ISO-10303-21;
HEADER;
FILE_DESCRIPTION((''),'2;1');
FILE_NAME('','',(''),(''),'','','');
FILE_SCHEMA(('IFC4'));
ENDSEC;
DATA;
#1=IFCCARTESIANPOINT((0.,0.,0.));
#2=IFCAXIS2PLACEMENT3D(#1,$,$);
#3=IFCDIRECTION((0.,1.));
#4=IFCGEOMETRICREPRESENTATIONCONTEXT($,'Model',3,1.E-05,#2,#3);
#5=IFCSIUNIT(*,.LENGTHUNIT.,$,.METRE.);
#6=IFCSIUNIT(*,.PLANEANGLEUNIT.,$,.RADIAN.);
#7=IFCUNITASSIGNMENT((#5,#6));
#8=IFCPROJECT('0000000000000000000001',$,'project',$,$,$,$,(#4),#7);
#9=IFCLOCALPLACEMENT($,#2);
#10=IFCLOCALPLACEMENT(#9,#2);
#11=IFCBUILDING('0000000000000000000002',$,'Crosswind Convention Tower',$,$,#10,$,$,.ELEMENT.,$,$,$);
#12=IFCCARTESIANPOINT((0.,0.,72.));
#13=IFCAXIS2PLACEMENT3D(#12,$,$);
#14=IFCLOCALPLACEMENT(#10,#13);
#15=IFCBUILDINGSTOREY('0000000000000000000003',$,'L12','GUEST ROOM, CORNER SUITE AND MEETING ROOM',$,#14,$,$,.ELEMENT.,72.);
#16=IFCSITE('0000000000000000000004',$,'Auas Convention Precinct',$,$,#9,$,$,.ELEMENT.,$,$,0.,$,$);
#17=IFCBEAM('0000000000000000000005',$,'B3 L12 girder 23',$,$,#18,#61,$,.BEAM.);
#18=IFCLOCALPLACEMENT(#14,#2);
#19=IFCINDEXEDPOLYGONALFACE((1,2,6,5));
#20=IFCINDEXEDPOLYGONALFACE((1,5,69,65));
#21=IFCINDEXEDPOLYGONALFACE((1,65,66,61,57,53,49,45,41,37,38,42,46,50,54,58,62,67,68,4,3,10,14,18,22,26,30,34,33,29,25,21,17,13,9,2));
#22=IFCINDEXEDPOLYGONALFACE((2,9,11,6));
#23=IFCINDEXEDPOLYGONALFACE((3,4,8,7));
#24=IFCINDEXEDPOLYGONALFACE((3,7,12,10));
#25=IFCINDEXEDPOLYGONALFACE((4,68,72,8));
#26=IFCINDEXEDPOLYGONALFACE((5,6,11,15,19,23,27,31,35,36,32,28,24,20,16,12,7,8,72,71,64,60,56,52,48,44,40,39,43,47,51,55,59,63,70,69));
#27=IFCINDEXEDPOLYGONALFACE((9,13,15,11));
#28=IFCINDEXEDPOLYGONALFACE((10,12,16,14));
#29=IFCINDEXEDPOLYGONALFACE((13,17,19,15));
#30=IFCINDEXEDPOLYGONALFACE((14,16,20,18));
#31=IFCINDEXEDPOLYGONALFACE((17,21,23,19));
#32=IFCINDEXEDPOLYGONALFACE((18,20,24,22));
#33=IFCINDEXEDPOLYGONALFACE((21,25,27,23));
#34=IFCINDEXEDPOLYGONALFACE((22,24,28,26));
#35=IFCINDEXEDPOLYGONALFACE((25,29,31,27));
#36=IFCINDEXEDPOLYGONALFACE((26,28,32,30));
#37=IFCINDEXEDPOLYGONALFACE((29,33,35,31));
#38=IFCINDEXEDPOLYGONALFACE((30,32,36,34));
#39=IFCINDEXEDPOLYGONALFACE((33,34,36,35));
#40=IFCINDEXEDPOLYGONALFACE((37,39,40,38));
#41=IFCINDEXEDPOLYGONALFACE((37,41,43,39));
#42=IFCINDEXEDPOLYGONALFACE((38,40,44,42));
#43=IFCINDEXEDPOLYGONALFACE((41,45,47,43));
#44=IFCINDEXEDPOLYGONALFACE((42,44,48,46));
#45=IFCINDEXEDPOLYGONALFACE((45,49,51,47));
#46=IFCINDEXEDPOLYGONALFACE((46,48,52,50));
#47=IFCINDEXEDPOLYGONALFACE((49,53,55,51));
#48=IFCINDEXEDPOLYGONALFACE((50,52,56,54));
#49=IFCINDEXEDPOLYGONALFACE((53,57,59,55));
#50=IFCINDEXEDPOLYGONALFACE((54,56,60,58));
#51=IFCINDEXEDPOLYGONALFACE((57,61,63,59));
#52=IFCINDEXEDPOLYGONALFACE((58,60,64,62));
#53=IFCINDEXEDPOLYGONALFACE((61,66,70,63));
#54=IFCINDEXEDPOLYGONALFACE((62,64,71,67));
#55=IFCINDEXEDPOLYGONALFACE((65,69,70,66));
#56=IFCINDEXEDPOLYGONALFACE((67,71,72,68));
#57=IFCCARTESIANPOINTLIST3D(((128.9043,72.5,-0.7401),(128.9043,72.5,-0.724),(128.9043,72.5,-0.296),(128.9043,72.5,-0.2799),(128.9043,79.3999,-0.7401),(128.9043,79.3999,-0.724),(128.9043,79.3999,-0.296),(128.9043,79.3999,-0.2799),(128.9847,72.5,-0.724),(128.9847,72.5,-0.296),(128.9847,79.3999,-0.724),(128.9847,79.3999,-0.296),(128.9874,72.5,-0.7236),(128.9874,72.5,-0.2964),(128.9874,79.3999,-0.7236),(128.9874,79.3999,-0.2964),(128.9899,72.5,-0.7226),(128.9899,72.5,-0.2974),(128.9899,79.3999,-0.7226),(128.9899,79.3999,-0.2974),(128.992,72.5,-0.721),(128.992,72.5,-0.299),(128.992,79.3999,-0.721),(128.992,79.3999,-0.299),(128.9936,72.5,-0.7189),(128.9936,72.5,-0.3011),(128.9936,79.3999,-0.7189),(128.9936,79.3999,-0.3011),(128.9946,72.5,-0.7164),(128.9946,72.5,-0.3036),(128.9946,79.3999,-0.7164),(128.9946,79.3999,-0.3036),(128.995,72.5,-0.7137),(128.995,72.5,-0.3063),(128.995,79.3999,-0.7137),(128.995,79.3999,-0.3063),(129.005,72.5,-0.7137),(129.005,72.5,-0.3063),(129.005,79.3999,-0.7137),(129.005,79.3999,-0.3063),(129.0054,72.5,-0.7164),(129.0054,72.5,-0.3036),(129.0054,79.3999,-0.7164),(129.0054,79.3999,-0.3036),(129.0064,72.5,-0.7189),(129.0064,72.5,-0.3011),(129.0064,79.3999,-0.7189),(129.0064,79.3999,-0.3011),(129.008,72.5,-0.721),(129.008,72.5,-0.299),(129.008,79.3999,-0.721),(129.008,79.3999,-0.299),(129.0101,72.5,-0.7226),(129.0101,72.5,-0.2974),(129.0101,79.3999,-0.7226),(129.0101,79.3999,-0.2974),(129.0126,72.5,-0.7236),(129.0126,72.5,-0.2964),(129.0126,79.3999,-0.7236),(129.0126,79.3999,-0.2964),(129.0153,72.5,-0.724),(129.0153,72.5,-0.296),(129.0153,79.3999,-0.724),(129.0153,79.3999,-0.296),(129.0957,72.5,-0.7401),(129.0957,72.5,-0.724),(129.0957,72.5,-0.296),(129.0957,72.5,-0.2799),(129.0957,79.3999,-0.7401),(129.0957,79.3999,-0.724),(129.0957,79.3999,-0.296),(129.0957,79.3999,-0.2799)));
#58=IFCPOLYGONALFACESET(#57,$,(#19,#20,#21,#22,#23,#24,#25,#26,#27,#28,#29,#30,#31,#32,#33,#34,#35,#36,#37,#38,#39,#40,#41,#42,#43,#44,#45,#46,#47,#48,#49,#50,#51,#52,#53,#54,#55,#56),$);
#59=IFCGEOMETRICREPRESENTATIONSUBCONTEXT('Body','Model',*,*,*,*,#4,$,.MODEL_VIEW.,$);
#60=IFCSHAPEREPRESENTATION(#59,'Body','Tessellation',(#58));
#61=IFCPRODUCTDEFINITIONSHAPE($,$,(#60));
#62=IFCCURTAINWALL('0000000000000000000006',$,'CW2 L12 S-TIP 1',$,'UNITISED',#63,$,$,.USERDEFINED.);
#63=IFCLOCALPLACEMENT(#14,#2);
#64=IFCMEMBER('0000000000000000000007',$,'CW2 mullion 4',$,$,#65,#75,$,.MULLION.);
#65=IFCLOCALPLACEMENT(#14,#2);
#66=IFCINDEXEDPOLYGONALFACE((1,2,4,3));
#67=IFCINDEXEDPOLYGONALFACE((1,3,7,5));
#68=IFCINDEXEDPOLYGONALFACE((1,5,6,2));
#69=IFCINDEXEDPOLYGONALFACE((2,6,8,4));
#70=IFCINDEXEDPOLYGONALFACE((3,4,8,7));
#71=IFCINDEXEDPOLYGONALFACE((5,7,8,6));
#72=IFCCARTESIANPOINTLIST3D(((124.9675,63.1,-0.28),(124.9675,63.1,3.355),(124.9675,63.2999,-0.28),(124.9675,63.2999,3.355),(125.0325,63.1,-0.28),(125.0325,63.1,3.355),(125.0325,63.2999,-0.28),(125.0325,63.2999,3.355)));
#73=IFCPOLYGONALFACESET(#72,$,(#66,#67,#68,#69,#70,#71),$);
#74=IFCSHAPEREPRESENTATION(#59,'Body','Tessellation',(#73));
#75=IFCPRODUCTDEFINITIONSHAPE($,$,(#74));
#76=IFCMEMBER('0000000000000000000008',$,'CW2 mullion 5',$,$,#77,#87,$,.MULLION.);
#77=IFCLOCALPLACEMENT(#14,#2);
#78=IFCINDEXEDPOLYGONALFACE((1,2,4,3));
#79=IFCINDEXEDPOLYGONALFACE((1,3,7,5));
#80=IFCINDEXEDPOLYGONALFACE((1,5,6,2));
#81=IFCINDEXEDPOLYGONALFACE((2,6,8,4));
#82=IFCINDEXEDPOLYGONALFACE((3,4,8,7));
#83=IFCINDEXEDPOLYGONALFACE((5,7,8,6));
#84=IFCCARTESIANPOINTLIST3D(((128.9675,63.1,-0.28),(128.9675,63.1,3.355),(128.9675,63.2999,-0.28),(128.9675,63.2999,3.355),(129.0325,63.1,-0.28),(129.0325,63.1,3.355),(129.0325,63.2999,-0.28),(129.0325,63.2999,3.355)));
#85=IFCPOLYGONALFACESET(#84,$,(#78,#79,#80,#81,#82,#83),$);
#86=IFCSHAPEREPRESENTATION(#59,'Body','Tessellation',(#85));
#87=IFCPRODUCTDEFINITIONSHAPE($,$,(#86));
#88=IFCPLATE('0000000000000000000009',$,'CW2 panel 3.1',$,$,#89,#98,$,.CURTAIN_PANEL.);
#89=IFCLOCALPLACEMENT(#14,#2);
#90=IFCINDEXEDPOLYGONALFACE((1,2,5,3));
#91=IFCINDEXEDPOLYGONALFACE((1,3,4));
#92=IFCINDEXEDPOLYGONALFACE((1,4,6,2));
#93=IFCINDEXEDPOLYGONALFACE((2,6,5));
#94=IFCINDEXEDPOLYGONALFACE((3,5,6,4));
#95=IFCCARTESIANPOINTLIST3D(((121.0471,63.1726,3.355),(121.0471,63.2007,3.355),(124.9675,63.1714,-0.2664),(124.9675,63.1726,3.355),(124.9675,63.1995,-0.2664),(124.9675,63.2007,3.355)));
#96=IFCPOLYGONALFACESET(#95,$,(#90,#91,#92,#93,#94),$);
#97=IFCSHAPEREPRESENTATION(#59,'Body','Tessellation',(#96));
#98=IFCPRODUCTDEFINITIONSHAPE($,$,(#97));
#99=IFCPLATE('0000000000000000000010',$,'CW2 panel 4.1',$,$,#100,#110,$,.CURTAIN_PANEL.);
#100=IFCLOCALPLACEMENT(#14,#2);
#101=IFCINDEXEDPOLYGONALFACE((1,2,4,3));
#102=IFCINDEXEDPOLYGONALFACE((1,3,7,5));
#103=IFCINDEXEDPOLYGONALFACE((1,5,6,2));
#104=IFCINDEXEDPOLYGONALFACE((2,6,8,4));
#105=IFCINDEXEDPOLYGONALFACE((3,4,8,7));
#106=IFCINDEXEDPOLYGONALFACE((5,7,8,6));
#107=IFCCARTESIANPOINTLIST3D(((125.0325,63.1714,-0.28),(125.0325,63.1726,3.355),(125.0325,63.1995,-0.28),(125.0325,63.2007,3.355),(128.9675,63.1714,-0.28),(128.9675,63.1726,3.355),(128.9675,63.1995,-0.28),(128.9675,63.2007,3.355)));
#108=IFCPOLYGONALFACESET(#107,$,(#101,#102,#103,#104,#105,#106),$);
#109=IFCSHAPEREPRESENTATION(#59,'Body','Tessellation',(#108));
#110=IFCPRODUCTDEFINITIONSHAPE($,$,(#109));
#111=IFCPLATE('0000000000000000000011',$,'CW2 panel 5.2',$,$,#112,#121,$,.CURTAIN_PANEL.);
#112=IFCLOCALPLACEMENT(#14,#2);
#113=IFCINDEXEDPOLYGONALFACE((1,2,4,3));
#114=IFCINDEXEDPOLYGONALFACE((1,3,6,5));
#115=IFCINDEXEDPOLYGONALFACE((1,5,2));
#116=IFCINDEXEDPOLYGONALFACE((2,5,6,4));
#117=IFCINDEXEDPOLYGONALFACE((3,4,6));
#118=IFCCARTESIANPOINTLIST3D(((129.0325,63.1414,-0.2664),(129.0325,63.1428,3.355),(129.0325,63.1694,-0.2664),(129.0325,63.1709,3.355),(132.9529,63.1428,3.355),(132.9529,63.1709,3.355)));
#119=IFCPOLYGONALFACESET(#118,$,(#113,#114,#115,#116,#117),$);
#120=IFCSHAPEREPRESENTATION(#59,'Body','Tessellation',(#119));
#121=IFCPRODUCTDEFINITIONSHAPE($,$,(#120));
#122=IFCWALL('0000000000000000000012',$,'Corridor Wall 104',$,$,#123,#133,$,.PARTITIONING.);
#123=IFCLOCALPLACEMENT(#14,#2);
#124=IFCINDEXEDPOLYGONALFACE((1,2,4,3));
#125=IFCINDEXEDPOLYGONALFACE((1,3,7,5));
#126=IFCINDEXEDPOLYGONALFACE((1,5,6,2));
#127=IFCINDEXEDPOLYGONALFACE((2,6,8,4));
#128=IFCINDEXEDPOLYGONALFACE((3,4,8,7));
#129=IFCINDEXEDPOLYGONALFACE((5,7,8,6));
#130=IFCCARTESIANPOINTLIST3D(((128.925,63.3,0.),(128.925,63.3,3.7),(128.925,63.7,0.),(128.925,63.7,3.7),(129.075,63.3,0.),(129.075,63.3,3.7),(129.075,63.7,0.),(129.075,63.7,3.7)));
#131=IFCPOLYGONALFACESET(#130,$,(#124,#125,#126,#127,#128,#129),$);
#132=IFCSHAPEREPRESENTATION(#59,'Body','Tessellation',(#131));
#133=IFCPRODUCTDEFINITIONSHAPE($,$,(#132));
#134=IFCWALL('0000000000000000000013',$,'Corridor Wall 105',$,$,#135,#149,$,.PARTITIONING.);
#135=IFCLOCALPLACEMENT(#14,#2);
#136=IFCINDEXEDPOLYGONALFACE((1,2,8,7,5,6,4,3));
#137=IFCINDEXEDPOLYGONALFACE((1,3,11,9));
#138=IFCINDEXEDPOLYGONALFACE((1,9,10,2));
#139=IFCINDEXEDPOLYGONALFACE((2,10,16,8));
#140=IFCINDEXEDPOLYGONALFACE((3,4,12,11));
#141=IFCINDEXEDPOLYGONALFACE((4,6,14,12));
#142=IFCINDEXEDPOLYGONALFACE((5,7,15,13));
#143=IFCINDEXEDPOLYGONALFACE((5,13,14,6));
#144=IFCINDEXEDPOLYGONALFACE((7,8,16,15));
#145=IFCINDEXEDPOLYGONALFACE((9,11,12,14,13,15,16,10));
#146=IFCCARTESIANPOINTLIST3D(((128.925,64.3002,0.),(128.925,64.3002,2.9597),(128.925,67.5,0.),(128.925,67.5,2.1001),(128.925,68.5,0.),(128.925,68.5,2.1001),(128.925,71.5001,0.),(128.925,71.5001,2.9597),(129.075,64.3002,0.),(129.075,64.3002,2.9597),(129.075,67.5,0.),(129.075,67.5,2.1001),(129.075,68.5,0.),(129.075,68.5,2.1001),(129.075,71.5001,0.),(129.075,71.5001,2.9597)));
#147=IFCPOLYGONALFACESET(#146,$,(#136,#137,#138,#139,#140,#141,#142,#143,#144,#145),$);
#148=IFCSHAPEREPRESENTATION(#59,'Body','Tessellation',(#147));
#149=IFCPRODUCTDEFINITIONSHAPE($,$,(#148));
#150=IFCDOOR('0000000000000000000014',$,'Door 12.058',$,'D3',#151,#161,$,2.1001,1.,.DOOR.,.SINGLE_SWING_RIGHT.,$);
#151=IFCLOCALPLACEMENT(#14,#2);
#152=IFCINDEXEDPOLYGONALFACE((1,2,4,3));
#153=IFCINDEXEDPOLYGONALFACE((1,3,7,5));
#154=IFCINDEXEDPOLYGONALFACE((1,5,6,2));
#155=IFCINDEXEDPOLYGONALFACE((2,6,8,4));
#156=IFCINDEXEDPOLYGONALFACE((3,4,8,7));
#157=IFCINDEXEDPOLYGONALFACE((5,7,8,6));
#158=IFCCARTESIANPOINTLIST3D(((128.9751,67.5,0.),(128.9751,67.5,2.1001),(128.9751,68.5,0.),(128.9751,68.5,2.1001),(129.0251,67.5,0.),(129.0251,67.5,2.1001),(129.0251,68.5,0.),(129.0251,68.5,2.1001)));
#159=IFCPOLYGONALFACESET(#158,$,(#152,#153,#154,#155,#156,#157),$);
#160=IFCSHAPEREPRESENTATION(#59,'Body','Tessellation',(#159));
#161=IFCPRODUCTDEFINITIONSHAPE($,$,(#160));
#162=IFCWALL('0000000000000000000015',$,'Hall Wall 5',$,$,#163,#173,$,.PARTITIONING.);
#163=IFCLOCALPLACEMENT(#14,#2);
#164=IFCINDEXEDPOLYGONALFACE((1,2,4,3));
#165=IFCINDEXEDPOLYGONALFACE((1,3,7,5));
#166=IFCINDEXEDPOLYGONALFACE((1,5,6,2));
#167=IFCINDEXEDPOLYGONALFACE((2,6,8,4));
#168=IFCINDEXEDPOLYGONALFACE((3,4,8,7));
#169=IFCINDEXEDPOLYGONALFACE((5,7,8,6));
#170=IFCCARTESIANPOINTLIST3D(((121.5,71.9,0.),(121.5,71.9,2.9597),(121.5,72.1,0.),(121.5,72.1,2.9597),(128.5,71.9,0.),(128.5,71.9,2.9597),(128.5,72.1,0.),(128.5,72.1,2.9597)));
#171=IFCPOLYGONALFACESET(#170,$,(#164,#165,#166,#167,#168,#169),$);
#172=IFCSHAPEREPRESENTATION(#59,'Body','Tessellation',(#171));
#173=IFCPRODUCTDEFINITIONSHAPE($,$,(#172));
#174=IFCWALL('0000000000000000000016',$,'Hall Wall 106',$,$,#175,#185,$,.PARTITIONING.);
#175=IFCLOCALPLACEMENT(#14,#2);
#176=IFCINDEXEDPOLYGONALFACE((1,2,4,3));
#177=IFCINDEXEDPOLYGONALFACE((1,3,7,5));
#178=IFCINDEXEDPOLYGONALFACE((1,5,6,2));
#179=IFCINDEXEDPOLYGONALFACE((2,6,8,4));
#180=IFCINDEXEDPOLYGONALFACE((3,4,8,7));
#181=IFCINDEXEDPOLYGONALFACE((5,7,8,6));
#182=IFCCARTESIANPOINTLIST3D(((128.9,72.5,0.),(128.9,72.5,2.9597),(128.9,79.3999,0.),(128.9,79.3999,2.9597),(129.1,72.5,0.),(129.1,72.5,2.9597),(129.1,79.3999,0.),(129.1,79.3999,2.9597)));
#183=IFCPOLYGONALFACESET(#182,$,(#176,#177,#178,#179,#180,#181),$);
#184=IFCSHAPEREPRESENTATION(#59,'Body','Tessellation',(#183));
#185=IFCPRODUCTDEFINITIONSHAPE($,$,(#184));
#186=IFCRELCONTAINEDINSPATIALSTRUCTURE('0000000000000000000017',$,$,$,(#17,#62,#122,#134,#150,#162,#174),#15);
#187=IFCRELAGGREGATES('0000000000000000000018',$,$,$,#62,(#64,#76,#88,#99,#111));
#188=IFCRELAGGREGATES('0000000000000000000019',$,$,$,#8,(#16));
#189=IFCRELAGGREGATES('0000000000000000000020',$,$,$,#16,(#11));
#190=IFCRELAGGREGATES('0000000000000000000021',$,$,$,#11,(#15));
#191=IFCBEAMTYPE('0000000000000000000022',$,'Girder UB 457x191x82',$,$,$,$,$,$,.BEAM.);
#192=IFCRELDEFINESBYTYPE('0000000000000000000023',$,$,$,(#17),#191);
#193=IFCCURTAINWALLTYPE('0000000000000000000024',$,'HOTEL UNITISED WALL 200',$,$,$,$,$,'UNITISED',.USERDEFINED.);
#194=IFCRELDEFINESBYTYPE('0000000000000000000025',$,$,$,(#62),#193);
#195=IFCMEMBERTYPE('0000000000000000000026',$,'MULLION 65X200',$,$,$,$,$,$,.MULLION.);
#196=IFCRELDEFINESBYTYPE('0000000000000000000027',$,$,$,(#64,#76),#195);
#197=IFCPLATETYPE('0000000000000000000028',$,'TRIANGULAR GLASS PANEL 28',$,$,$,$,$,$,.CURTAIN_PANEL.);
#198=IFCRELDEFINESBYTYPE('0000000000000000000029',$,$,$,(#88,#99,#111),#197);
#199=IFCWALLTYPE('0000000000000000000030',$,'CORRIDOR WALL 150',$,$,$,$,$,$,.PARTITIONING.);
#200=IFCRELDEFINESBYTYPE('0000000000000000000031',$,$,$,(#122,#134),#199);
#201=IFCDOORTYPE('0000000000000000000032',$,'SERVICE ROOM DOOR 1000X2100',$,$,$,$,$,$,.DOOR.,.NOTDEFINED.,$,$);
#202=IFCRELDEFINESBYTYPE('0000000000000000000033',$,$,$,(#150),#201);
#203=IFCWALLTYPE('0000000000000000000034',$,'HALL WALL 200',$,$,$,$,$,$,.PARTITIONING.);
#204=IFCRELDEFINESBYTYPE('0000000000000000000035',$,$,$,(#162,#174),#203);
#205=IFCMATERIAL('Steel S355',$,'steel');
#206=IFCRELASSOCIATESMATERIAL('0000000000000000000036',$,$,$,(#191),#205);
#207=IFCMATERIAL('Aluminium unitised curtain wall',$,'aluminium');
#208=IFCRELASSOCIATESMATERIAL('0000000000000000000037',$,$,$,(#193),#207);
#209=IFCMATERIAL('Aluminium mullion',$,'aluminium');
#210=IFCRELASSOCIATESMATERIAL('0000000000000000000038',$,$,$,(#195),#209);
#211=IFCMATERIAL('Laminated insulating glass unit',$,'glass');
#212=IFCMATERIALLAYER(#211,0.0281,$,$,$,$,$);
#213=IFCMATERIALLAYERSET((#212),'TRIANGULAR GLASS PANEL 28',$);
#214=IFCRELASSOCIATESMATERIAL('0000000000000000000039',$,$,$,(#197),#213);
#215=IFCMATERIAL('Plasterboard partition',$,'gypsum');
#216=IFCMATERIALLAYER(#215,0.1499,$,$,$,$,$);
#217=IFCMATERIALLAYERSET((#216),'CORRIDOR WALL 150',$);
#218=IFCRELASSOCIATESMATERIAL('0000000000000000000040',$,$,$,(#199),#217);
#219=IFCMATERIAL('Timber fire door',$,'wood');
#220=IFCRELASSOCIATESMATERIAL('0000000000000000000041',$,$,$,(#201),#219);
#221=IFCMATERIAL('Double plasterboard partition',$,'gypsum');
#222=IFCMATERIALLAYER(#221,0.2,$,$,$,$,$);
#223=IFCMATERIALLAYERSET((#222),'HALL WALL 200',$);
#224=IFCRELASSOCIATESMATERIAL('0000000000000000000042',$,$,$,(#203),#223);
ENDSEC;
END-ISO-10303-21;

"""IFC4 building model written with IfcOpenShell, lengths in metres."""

from ifc_helpers import new_model, si_unit, direction, frame, frame_2d, origin, origin_2d, place, context, subcontext, project, spatial, polyline, rectangle, i_section, outline, extrude, material, layer, layer_set, material_profile, profile_set, type_object, element, fill, aggregate, save


model = new_model("IFC4")

# Units and contexts
model_context = context("Model", 3, precision=1e-05, world=origin(), true_north=direction((0.0, 1.0)))
body_context = subcontext(model_context, "Body", "Model", "MODEL_VIEW")
ifc_project = project(units=[si_unit("LENGTHUNIT", "METRE"), si_unit("PLANEANGLEUNIT", "RADIAN")], contexts=[model_context])

# Site, building, storey
site_placement = place(None, origin())
site = spatial("IfcSite", under=ifc_project, at=site_placement, Name="Auas Convention Precinct", CompositionType="ELEMENT", RefElevation=0.0)
building_placement = place(site_placement, origin())
building = spatial("IfcBuilding", under=site, at=building_placement, Name="Crosswind Convention Tower", CompositionType="ELEMENT")
storey_placement = place(building_placement, frame((0.0, 0.0, 72.0)))
storey = spatial("IfcBuildingStorey", under=building, at=storey_placement, Name="L12", Description="GUEST ROOM, CORNER SUITE AND MEETING ROOM", CompositionType="ELEMENT", Elevation=72.0)

# Beam
ifc_material_1 = material(Name="Steel S355", Category="steel")
ifc_material_profile_1 = material_profile(ifc_material_1, i_section(OverallWidth=0.1914, OverallDepth=0.4602, WebThickness=0.01, FlangeThickness=0.0161, FilletRadius=0.0103, at=origin_2d()), Name="UB 457x191x82")
ifc_profile_set_1 = profile_set([ifc_material_profile_1], Name="Steel S355")
beam_type_1 = type_object("IfcBeamType", Name="Girder UB 457x191x82", PredefinedType="BEAM", material=ifc_profile_set_1)
beam_1_placement = place(storey_placement, frame((129.0, 72.5, -0.51), z_axis=(0.0, 1.0, 0.0), x_axis=(-1.0, 0.0, 0.0)))
element("IfcBeam", 1, at=beam_1_placement, inside=storey, type_object=beam_type_1, Name="B3 L12 girder 23", PredefinedType="BEAM", context=body_context, shape_type="SweptSolid", body=[
    extrude(i_section(OverallWidth=0.1914, OverallDepth=0.4602, WebThickness=0.01, FlangeThickness=0.0161, FilletRadius=0.0103, at=origin_2d()), origin(), (0.0, 0.0, 1.0), 6.8999),
])

# Curtain wall, members, plates
ifc_material_2 = material(Name="Aluminium unitised curtain wall", Category="aluminium")
curtain_wall_type = type_object("IfcCurtainWallType", Name="HOTEL UNITISED WALL 200", ElementType="UNITISED", PredefinedType="USERDEFINED", material=ifc_material_2)
curtain_wall_placement = place(storey_placement, origin())
curtain_wall = element("IfcCurtainWall", 2, at=curtain_wall_placement, inside=storey, type_object=curtain_wall_type, Name="CW2 L12 S-TIP 1", ObjectType="UNITISED", PredefinedType="USERDEFINED")
ifc_material_3 = material(Name="Aluminium mullion", Category="aluminium")
ifc_material_profile_2 = material_profile(ifc_material_3, rectangle(XDim=0.2, YDim=0.0649, at=origin_2d()), Name="AL 200X65")
ifc_profile_set_2 = profile_set([ifc_material_profile_2], Name="Aluminium mullion")
member_type = type_object("IfcMemberType", Name="MULLION 65X200", PredefinedType="MULLION", material=ifc_profile_set_2)
member_1_placement = place(storey_placement, frame((125.0, 63.2, -0.28), z_axis=(0.0, 0.0, 1.0), x_axis=(0.0, -1.0, 0.0)))
member_1 = element("IfcMember", 3, at=member_1_placement, type_object=member_type, Name="CW2 mullion 4", PredefinedType="MULLION", context=body_context, shape_type="SweptSolid", body=[
    extrude(rectangle(XDim=0.2, YDim=0.0649, at=origin_2d()), origin(), (0.0, 0.0, 1.0), 3.635),
])
member_2_placement = place(storey_placement, frame((129.0, 63.2, -0.28), z_axis=(0.0, 0.0, 1.0), x_axis=(0.0, -1.0, 0.0)))
member_2 = element("IfcMember", 4, at=member_2_placement, type_object=member_type, Name="CW2 mullion 5", PredefinedType="MULLION", context=body_context, shape_type="SweptSolid", body=[
    extrude(rectangle(XDim=0.2, YDim=0.0649, at=origin_2d()), origin(), (0.0, 0.0, 1.0), 3.635),
])
ifc_material_4 = material(Name="Laminated insulating glass unit", Category="glass")
ifc_layer_1 = layer(ifc_material_4, 0.0281)
ifc_layer_set_1 = layer_set([ifc_layer_1], Name="TRIANGULAR GLASS PANEL 28")
plate_type = type_object("IfcPlateType", Name="TRIANGULAR GLASS PANEL 28", PredefinedType="CURTAIN_PANEL", material=ifc_layer_set_1)
plate_1_placement = place(storey_placement, frame((124.9675, 63.1726, 3.355), z_axis=(0.0, -1.0, 0.000337), x_axis=(-1.0, 0.0, 0.0)))
plate_1 = element("IfcPlate", 5, at=plate_1_placement, type_object=plate_type, Name="CW2 panel 3.1", PredefinedType="CURTAIN_PANEL", context=body_context, shape_type="SweptSolid", body=[
    extrude(outline(polyline([(0.0, 0.0), (3.9204, 0.0), (0.0, 3.6213), (0.0, 0.0)])), origin(), (0.0, 0.0, -1.0), 0.0281),
])
plate_2_placement = place(storey_placement, frame((125.0325, 63.1714, -0.28), z_axis=(0.0, -1.0, 0.000336), x_axis=(1.0, 0.0, 0.0)))
plate_2 = element("IfcPlate", 6, at=plate_2_placement, type_object=plate_type, Name="CW2 panel 4.1", PredefinedType="CURTAIN_PANEL", context=body_context, shape_type="SweptSolid", body=[
    extrude(outline(polyline([(0.0, 0.0), (3.9351, 0.0), (3.9351, 3.635), (0.0, 3.635), (0.0, 0.0)])), origin(), (0.0, 0.0, -1.0), 0.0281),
])
plate_3_placement = place(storey_placement, frame((129.0325, 63.1428, 3.355), z_axis=(0.0, -1.0, 0.000405), x_axis=(0.0, -0.000405, -1.0)))
plate_3 = element("IfcPlate", 7, at=plate_3_placement, type_object=plate_type, Name="CW2 panel 5.2", PredefinedType="CURTAIN_PANEL", context=body_context, shape_type="SweptSolid", body=[
    extrude(outline(polyline([(0.0, 0.0), (3.6213, 0.0), (0.0, 3.9204), (0.0, 0.0)])), origin(), (0.0, 0.0, -1.0), 0.0281),
])
aggregate(curtain_wall, [member_1, member_2, plate_1, plate_2, plate_3])

# Wall
ifc_material_5 = material(Name="Plasterboard partition", Category="gypsum")
ifc_layer_2 = layer(ifc_material_5, 0.1499)
ifc_layer_set_2 = layer_set([ifc_layer_2], Name="CORRIDOR WALL 150")
wall_type_1 = type_object("IfcWallType", Name="CORRIDOR WALL 150", PredefinedType="PARTITIONING", material=ifc_layer_set_2)
wall_1_placement = place(storey_placement, frame((129.0, 63.3, 0.0), z_axis=(0.0, 0.0, 1.0), x_axis=(0.0, 1.0, 0.0)))
element("IfcWall", 8, at=wall_1_placement, inside=storey, type_object=wall_type_1, Name="Corridor Wall 104", PredefinedType="PARTITIONING", context=body_context, shape_type="SweptSolid", body=[
    extrude(rectangle(XDim=0.3999, YDim=0.1499, at=frame_2d((0.2, 0.0))), origin(), (0.0, 0.0, 1.0), 3.7),
])

# Wall, opening, door
wall_2_placement = place(storey_placement, frame((129.0, 64.3, 0.0), z_axis=(0.0, 0.0, 1.0), x_axis=(0.0, 1.0, 0.0)))
wall_2 = element("IfcWall", 9, at=wall_2_placement, inside=storey, type_object=wall_type_1, Name="Corridor Wall 105", PredefinedType="PARTITIONING", context=body_context, shape_type="SweptSolid", body=[
    extrude(rectangle(XDim=7.2, YDim=0.1499, at=frame_2d((3.6001, 0.0))), origin(), (0.0, 0.0, 1.0), 2.9597),
])
opening_placement = place(wall_2_placement, frame((3.2, 0.0, 0.0)))
opening = element("IfcOpeningElement", 10, at=opening_placement, cuts=wall_2, PredefinedType="OPENING", context=body_context, shape_type="SweptSolid", body=[
    extrude(rectangle(XDim=1.0, YDim=2.1001, at=frame_2d((0.5, 1.05))), frame((0.0, 0.085, 0.0), z_axis=(0.0, -1.0, 0.0), x_axis=(1.0, 0.0, 0.0)), (0.0, 0.0, 1.0), 0.1699),
])
ifc_material_6 = material(Name="Timber fire door", Category="wood")
door_type = type_object("IfcDoorType", Name="SERVICE ROOM DOOR 1000X2100", OperationType="NOTDEFINED", PredefinedType="DOOR", material=ifc_material_6)
door_placement = place(opening_placement, origin())
door = element("IfcDoor", 11, at=door_placement, inside=storey, type_object=door_type, Name="Door 12.058", ObjectType="D3", OperationType="SINGLE_SWING_RIGHT", OverallHeight=2.1001, OverallWidth=1.0, PredefinedType="DOOR", context=body_context, shape_type="SweptSolid", body=[
    extrude(rectangle(XDim=1.0, YDim=2.1001, at=frame_2d((0.5, 1.05))), frame((0.0, 0.0249, 0.0), z_axis=(0.0, -1.0, 0.0), x_axis=(1.0, 0.0, 0.0)), (0.0, 0.0, 1.0), 0.05),
])
fill(opening, door)

# Walls
ifc_material_7 = material(Name="Double plasterboard partition", Category="gypsum")
ifc_layer_3 = layer(ifc_material_7, 0.2)
ifc_layer_set_3 = layer_set([ifc_layer_3], Name="HALL WALL 200")
wall_type_2 = type_object("IfcWallType", Name="HALL WALL 200", PredefinedType="PARTITIONING", material=ifc_layer_set_3)
wall_3_placement = place(storey_placement, frame((121.5, 72.0, 0.0), z_axis=(0.0, 0.0, 1.0), x_axis=(1.0, 0.0, 0.0)))
element("IfcWall", 12, at=wall_3_placement, inside=storey, type_object=wall_type_2, Name="Hall Wall 5", PredefinedType="PARTITIONING", context=body_context, shape_type="SweptSolid", body=[
    extrude(rectangle(XDim=7.0, YDim=0.2, at=frame_2d((3.5, 0.0))), origin(), (0.0, 0.0, 1.0), 2.9597),
])
wall_4_placement = place(storey_placement, frame((129.0, 72.5, 0.0), z_axis=(0.0, 0.0, 1.0), x_axis=(0.0, 1.0, 0.0)))
element("IfcWall", 13, at=wall_4_placement, inside=storey, type_object=wall_type_2, Name="Hall Wall 106", PredefinedType="PARTITIONING", context=body_context, shape_type="SweptSolid", body=[
    extrude(rectangle(XDim=6.8999, YDim=0.2, at=frame_2d((3.45, 0.0))), origin(), (0.0, 0.0, 1.0), 2.9597),
])

save(model, "model.ifc")
